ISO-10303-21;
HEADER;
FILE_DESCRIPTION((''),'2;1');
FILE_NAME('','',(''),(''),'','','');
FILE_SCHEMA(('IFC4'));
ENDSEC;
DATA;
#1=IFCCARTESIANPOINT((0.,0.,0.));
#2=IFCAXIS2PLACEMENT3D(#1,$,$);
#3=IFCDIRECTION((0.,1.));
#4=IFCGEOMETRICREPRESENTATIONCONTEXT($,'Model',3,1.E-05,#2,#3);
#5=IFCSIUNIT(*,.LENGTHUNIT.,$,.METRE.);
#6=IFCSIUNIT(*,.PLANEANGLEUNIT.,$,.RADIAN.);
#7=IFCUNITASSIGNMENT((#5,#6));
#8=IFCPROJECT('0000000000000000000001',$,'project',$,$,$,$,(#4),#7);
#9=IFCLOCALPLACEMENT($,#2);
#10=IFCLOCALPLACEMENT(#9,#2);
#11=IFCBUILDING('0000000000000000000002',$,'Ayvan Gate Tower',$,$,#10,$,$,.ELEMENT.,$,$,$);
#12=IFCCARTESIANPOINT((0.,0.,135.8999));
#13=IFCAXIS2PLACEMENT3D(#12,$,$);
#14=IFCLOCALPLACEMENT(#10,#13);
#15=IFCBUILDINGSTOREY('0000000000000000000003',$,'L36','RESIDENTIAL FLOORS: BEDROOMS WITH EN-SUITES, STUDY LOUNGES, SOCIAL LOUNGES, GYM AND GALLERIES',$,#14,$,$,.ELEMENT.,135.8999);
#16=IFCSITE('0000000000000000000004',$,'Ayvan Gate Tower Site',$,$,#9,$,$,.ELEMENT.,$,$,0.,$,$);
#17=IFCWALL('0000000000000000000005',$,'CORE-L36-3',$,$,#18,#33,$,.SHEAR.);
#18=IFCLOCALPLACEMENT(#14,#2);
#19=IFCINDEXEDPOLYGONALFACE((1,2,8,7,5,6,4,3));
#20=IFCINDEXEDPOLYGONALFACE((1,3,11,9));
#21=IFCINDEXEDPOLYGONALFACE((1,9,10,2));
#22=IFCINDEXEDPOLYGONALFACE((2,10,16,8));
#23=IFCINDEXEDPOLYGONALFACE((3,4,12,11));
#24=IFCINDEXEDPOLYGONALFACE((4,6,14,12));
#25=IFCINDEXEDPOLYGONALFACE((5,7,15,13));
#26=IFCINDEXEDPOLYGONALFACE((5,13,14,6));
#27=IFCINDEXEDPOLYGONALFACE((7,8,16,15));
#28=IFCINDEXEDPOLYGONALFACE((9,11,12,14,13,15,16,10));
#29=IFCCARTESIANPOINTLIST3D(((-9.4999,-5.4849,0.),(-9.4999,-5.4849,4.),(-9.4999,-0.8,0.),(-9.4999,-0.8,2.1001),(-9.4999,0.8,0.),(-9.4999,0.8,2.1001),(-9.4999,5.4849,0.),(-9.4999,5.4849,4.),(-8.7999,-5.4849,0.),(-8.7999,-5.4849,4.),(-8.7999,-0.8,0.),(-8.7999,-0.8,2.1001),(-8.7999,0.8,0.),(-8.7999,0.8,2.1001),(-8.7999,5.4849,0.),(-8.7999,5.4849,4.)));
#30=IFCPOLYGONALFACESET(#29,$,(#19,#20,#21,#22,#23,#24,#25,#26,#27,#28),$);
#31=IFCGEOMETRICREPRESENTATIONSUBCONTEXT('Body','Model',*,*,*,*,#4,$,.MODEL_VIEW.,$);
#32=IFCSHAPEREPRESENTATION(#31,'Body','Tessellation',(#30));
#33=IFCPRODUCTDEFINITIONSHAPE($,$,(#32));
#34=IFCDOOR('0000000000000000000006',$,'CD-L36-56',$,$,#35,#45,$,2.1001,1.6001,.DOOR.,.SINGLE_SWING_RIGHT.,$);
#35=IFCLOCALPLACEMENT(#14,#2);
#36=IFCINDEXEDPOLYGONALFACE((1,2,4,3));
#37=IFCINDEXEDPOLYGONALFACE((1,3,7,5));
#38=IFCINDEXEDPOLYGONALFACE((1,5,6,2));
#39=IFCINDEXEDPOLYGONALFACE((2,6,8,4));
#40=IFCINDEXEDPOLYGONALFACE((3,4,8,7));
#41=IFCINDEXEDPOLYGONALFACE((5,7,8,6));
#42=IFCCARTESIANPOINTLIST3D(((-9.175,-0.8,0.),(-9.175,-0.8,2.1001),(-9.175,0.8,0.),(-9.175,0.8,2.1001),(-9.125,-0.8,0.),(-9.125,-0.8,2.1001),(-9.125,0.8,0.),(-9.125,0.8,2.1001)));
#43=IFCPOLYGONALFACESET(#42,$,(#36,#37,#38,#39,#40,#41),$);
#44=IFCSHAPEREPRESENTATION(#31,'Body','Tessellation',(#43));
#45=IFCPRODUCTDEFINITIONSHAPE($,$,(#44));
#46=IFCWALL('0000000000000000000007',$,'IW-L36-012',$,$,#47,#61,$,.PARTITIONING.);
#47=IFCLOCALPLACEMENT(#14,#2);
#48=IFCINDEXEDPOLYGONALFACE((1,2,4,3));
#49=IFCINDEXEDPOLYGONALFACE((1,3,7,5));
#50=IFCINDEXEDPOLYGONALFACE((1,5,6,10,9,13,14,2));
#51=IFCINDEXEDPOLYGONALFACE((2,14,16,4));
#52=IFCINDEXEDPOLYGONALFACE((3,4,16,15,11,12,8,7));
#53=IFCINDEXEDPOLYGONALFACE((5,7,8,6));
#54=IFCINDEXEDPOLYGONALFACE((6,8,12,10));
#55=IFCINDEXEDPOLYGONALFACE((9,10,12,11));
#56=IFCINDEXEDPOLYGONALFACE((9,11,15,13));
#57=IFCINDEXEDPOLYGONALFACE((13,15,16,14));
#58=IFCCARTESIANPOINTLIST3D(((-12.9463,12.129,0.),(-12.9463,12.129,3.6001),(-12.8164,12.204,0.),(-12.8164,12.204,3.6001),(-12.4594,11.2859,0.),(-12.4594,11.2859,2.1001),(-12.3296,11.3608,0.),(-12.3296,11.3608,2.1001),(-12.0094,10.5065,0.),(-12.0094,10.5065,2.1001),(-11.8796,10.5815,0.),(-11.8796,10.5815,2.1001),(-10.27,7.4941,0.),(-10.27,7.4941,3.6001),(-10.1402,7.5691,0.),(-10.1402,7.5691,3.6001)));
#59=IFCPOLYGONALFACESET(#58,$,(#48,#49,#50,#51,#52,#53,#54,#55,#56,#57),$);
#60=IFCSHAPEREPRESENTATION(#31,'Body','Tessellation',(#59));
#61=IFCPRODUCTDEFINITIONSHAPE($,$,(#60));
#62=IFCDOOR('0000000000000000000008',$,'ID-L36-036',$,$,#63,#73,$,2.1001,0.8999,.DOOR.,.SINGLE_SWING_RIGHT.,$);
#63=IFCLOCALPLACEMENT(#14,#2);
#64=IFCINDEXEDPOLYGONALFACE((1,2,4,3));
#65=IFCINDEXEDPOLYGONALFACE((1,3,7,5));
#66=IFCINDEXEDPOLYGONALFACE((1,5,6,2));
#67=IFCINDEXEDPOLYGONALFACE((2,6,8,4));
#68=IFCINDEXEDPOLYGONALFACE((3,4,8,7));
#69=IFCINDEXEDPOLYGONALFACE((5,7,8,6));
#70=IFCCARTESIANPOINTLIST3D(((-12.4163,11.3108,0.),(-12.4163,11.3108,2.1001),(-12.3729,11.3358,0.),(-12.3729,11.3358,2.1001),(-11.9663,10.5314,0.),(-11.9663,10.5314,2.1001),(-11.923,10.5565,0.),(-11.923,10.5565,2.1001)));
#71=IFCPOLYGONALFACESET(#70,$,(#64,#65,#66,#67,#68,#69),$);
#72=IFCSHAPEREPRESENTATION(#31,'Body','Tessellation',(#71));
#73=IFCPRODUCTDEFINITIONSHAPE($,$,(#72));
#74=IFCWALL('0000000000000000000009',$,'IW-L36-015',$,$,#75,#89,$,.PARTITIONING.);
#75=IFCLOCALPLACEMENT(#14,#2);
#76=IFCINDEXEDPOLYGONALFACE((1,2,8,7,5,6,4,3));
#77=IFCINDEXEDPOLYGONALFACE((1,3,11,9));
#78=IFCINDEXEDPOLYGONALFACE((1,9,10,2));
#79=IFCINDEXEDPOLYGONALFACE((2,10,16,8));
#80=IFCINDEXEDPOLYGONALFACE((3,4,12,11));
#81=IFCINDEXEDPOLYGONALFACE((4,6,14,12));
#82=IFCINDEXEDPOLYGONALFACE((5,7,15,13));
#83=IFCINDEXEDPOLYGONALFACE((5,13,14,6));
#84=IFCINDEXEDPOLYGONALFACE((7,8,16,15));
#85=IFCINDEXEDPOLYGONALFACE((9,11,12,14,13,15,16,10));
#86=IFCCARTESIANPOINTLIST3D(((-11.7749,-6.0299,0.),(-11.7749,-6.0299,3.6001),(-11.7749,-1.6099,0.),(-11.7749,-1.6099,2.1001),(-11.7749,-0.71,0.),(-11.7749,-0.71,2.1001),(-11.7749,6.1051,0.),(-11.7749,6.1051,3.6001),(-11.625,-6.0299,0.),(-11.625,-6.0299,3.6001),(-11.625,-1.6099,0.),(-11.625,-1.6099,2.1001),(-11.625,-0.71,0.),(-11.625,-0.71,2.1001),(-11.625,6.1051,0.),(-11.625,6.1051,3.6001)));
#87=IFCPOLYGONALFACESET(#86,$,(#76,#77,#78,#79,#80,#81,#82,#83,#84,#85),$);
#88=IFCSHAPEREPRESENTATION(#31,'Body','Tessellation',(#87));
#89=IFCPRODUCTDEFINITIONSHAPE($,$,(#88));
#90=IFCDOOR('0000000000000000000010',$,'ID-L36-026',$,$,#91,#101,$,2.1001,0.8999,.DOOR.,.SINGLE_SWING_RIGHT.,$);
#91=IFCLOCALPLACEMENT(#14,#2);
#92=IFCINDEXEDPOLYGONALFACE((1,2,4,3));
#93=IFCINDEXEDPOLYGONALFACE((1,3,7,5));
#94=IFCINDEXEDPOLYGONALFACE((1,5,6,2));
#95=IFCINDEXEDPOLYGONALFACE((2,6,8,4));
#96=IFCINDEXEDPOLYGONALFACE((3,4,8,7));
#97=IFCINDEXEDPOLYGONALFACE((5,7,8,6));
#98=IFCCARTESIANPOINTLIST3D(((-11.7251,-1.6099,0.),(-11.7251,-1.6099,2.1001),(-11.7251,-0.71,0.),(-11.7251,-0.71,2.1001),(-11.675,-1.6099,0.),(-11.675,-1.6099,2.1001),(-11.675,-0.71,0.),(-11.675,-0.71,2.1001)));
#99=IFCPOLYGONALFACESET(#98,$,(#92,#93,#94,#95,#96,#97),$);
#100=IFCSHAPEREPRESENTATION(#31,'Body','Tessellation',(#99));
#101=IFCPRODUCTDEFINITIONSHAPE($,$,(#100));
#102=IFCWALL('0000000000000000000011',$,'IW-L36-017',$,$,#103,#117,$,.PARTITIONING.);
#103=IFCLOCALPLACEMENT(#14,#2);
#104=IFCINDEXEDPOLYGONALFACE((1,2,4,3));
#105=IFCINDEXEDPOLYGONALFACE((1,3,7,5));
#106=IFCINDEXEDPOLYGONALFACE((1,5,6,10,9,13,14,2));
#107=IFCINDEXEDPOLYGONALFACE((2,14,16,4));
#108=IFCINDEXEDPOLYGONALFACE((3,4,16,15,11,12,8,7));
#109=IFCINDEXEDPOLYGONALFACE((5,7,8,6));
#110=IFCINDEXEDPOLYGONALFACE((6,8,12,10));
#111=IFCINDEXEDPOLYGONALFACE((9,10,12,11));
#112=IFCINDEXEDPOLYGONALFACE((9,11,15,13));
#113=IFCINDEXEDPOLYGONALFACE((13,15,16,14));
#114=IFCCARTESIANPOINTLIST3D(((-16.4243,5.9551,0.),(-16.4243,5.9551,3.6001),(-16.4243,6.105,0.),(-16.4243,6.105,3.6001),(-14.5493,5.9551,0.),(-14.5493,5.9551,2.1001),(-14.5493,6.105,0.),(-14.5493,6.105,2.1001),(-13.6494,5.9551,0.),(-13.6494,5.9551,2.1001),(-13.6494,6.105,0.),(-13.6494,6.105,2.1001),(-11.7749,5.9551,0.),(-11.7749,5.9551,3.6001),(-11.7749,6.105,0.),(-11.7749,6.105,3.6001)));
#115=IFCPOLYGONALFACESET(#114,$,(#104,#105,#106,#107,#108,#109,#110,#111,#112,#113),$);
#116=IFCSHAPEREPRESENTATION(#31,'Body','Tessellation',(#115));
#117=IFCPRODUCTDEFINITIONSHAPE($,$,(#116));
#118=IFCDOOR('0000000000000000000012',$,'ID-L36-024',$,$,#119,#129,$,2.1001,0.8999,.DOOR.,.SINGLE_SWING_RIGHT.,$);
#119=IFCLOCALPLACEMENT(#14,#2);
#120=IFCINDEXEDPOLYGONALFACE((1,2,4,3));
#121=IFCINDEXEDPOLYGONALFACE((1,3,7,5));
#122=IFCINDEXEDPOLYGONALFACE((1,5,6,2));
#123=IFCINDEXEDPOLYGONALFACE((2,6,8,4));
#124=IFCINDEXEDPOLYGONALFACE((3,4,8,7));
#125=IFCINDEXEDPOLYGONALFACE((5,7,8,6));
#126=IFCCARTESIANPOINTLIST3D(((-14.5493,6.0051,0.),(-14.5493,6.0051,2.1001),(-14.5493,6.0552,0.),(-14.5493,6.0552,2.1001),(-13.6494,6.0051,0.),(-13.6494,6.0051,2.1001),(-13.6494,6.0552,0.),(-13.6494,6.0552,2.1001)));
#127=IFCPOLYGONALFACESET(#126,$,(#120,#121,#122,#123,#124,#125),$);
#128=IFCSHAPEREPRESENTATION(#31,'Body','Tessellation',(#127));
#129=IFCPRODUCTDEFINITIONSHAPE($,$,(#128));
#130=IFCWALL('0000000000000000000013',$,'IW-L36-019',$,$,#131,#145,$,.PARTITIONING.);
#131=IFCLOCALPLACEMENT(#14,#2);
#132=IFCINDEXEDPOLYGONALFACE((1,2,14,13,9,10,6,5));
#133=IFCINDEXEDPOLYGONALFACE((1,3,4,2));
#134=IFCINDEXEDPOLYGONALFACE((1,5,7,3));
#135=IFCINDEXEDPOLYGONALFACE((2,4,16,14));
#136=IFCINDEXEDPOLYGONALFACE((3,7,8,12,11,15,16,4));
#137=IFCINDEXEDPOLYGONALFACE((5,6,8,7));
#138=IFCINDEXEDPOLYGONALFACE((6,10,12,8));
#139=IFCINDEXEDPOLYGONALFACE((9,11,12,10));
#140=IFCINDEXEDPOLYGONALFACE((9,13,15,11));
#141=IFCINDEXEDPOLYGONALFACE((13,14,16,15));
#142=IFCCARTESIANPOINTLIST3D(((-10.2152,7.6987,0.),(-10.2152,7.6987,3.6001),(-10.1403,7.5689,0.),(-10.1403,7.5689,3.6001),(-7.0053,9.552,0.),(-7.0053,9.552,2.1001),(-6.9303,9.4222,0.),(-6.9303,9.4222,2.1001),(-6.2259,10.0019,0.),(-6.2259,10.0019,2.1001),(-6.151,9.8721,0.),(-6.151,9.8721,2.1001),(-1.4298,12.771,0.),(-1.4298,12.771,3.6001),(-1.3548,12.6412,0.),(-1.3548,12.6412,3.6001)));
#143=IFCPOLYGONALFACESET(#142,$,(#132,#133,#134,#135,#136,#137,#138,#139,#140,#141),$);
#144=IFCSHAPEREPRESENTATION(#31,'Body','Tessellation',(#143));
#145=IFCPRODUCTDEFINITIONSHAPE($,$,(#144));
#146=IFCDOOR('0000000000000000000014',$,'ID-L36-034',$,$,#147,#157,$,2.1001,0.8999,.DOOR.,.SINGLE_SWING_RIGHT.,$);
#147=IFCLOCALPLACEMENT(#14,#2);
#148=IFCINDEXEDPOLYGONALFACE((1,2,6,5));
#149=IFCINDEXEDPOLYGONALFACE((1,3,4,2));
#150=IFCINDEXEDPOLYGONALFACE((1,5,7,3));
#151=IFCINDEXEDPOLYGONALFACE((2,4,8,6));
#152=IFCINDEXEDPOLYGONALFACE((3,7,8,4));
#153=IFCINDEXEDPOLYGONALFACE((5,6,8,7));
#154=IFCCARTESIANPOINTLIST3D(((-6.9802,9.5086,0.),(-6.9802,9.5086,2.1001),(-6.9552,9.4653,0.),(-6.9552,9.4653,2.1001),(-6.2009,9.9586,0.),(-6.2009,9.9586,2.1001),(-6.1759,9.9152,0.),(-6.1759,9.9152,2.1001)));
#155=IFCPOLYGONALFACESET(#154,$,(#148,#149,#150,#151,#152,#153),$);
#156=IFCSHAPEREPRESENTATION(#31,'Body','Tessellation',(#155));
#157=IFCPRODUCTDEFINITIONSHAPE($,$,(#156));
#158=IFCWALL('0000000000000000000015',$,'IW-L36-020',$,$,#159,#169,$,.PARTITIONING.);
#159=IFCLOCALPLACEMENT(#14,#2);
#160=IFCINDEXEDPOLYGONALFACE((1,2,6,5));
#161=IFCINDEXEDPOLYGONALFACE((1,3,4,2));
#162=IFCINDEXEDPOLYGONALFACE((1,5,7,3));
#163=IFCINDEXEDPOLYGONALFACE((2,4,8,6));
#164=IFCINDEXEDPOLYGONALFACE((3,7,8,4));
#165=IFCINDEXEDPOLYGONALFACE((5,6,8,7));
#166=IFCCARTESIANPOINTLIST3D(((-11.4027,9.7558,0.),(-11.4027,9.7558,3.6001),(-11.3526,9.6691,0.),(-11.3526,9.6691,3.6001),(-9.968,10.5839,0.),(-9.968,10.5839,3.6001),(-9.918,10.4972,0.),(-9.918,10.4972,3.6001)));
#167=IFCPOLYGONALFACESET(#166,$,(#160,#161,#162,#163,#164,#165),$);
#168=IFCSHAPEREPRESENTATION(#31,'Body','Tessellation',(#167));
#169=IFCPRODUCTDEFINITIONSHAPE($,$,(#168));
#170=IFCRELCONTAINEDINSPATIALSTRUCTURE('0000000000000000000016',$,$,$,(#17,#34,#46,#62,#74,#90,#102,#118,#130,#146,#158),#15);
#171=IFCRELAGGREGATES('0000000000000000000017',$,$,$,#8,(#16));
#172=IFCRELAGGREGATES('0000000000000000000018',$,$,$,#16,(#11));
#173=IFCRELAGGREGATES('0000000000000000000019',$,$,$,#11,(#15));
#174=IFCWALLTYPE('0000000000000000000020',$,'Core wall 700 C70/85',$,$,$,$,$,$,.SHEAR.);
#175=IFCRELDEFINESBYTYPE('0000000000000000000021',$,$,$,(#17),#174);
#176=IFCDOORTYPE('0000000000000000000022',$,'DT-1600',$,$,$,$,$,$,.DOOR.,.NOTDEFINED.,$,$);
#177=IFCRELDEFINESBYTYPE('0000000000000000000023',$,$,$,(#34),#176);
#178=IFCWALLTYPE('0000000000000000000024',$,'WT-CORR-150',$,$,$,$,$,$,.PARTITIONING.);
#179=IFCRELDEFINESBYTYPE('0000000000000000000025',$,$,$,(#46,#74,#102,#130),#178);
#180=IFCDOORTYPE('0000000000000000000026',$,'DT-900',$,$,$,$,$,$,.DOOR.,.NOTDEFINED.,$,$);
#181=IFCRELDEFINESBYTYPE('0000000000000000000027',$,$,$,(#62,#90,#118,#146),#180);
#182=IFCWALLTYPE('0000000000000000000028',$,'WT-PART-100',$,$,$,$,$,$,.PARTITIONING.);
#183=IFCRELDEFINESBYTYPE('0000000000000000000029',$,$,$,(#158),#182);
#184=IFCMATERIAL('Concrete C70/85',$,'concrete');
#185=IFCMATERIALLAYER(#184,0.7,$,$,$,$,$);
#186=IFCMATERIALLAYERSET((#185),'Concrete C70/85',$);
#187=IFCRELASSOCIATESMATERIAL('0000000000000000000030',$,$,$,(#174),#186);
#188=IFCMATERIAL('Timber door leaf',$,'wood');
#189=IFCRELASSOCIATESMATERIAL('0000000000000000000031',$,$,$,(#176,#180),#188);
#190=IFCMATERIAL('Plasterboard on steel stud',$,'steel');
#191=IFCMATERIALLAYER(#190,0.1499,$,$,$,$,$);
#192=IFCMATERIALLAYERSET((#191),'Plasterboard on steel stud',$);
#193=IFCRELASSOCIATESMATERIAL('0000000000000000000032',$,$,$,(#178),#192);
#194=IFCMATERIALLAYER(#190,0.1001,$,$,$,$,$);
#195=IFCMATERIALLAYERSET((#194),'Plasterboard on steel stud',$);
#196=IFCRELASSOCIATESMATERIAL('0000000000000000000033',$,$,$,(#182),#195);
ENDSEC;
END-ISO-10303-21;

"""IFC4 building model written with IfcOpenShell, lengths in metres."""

from ifc_helpers import new_model, si_unit, direction, frame, frame_2d, origin, place, context, subcontext, project, spatial, rectangle, extrude, material, layer, layer_set, type_object, element, fill, save


model = new_model("IFC4")

# Units and contexts
model_context = context("Model", 3, precision=1e-05, world=origin(), true_north=direction((0.0, 1.0)))
body_context = subcontext(model_context, "Body", "Model", "MODEL_VIEW")
ifc_project = project(units=[si_unit("LENGTHUNIT", "METRE"), si_unit("PLANEANGLEUNIT", "RADIAN")], contexts=[model_context])

# Site, building, storey
site_placement = place(None, origin())
site = spatial("IfcSite", under=ifc_project, at=site_placement, Name="Ayvan Gate Tower Site", CompositionType="ELEMENT", RefElevation=0.0)
building_placement = place(site_placement, origin())
building = spatial("IfcBuilding", under=site, at=building_placement, Name="Ayvan Gate Tower", CompositionType="ELEMENT")
storey_placement = place(building_placement, frame((0.0, 0.0, 135.8999)))
storey = spatial("IfcBuildingStorey", under=building, at=storey_placement, Name="L36", Description="RESIDENTIAL FLOORS: BEDROOMS WITH EN-SUITES, STUDY LOUNGES, SOCIAL LOUNGES, GYM AND GALLERIES", CompositionType="ELEMENT", Elevation=135.8999)

# Walls, openings, doors
ifc_material_1 = material(Name="Concrete C70/85", Category="concrete")
ifc_layer_1 = layer(ifc_material_1, 0.7)
ifc_layer_set_1 = layer_set([ifc_layer_1], Name="Concrete C70/85")
wall_type_1 = type_object("IfcWallType", Name="Core wall 700 C70/85", PredefinedType="SHEAR", material=ifc_layer_set_1)
wall_1_placement = place(storey_placement, frame((-9.1499, 5.4849, 0.0), z_axis=(0.0, 0.0, 1.0), x_axis=(0.0, -1.0, 0.0)))
wall_1 = element("IfcWall", 1, at=wall_1_placement, inside=storey, type_object=wall_type_1, Name="CORE-L36-3", PredefinedType="SHEAR", context=body_context, shape_type="SweptSolid", body=[
    extrude(rectangle(XDim=10.9697, YDim=0.7, at=frame_2d((5.4849, 0.0))), origin(), (0.0, 0.0, 1.0), 4.0),
])
opening_1_placement = place(wall_1_placement, frame((4.6848, 0.0, 0.0)))
opening_1 = element("IfcOpeningElement", 2, at=opening_1_placement, cuts=wall_1, PredefinedType="OPENING", context=body_context, shape_type="SweptSolid", body=[
    extrude(rectangle(XDim=1.6001, YDim=2.1001, at=frame_2d((0.8, 1.05))), frame((0.0, 0.3599, 0.0), z_axis=(0.0, -1.0, 0.0), x_axis=(1.0, 0.0, 0.0)), (0.0, 0.0, 1.0), 0.72),
])
ifc_material_2 = material(Name="Timber door leaf", Category="wood")
door_type_1 = type_object("IfcDoorType", Name="DT-1600", OperationType="NOTDEFINED", PredefinedType="DOOR", material=ifc_material_2)
door_1_placement = place(opening_1_placement, origin())
door_1 = element("IfcDoor", 3, at=door_1_placement, inside=storey, type_object=door_type_1, Name="CD-L36-56", OperationType="SINGLE_SWING_RIGHT", OverallHeight=2.1001, OverallWidth=1.6001, PredefinedType="DOOR", context=body_context, shape_type="SweptSolid", body=[
    extrude(rectangle(XDim=1.6001, YDim=2.1001, at=frame_2d((0.8, 1.05))), frame((0.0, 0.0249, 0.0), z_axis=(0.0, -1.0, 0.0), x_axis=(1.0, 0.0, 0.0)), (0.0, 0.0, 1.0), 0.05),
])
fill(opening_1, door_1)
ifc_material_3 = material(Name="Plasterboard on steel stud", Category="steel")
ifc_layer_2 = layer(ifc_material_3, 0.1499)
ifc_layer_set_2 = layer_set([ifc_layer_2], Name="Plasterboard on steel stud")
wall_type_2 = type_object("IfcWallType", Name="WT-CORR-150", PredefinedType="PARTITIONING", material=ifc_layer_set_2)
wall_2_placement = place(storey_placement, frame((-12.8813, 12.1665, 0.0), z_axis=(0.0, 0.0, 1.0), x_axis=(0.500034, -0.866006, 0.0)))
wall_2 = element("IfcWall", 4, at=wall_2_placement, inside=storey, type_object=wall_type_2, Name="IW-L36-012", PredefinedType="PARTITIONING", context=body_context, shape_type="SweptSolid", body=[
    extrude(rectangle(XDim=5.3521, YDim=0.1499, at=frame_2d((2.676, 0.0))), origin(), (0.0, 0.0, 1.0), 3.6001),
])
opening_2_placement = place(wall_2_placement, frame((0.9736, 0.0, 0.0)))
opening_2 = element("IfcOpeningElement", 5, at=opening_2_placement, cuts=wall_2, PredefinedType="OPENING", context=body_context, shape_type="SweptSolid", body=[
    extrude(rectangle(XDim=0.8999, YDim=2.1001, at=frame_2d((0.45, 1.05))), frame((0.0, 0.085, 0.0), z_axis=(0.0, -1.0, 0.0), x_axis=(1.0, 0.0, 0.0)), (0.0, 0.0, 1.0), 0.1699),
])
door_type_2 = type_object("IfcDoorType", Name="DT-900", OperationType="NOTDEFINED", PredefinedType="DOOR", material=ifc_material_2)
door_2_placement = place(opening_2_placement, origin())
door_2 = element("IfcDoor", 6, at=door_2_placement, inside=storey, type_object=door_type_2, Name="ID-L36-036", OperationType="SINGLE_SWING_RIGHT", OverallHeight=2.1001, OverallWidth=0.8999, PredefinedType="DOOR", context=body_context, shape_type="SweptSolid", body=[
    extrude(rectangle(XDim=0.8999, YDim=2.1001, at=frame_2d((0.45, 1.05))), frame((0.0, 0.0249, 0.0), z_axis=(0.0, -1.0, 0.0), x_axis=(1.0, 0.0, 0.0)), (0.0, 0.0, 1.0), 0.05),
])
fill(opening_2, door_2)
wall_3_placement = place(storey_placement, frame((-11.7, 6.105, 0.0), z_axis=(0.0, 0.0, 1.0), x_axis=(0.0, -1.0, 0.0)))
wall_3 = element("IfcWall", 7, at=wall_3_placement, inside=storey, type_object=wall_type_2, Name="IW-L36-015", PredefinedType="PARTITIONING", context=body_context, shape_type="SweptSolid", body=[
    extrude(rectangle(XDim=12.135, YDim=0.1499, at=frame_2d((6.0674, 0.0))), origin(), (0.0, 0.0, 1.0), 3.6001),
])
opening_3_placement = place(wall_3_placement, frame((6.8149, 0.0, 0.0)))
opening_3 = element("IfcOpeningElement", 8, at=opening_3_placement, cuts=wall_3, PredefinedType="OPENING", context=body_context, shape_type="SweptSolid", body=[
    extrude(rectangle(XDim=0.8999, YDim=2.1001, at=frame_2d((0.45, 1.05))), frame((0.0, 0.085, 0.0), z_axis=(0.0, -1.0, 0.0), x_axis=(1.0, 0.0, 0.0)), (0.0, 0.0, 1.0), 0.1699),
])
door_3_placement = place(opening_3_placement, origin())
door_3 = element("IfcDoor", 9, at=door_3_placement, inside=storey, type_object=door_type_2, Name="ID-L36-026", OperationType="SINGLE_SWING_RIGHT", OverallHeight=2.1001, OverallWidth=0.8999, PredefinedType="DOOR", context=body_context, shape_type="SweptSolid", body=[
    extrude(rectangle(XDim=0.8999, YDim=2.1001, at=frame_2d((0.45, 1.05))), frame((0.0, 0.0249, 0.0), z_axis=(0.0, -1.0, 0.0), x_axis=(1.0, 0.0, 0.0)), (0.0, 0.0, 1.0), 0.05),
])
fill(opening_3, door_3)
wall_4_placement = place(storey_placement, frame((-11.7749, 6.03, 0.0), z_axis=(0.0, 0.0, 1.0), x_axis=(-1.0, 0.0, 0.0)))
wall_4 = element("IfcWall", 10, at=wall_4_placement, inside=storey, type_object=wall_type_2, Name="IW-L36-017", PredefinedType="PARTITIONING", context=body_context, shape_type="SweptSolid", body=[
    extrude(rectangle(XDim=4.6494, YDim=0.1499, at=frame_2d((2.3247, 0.0))), origin(), (0.0, 0.0, 1.0), 3.6001),
])
opening_4_placement = place(wall_4_placement, frame((1.8745, 0.0, 0.0)))
opening_4 = element("IfcOpeningElement", 11, at=opening_4_placement, cuts=wall_4, PredefinedType="OPENING", context=body_context, shape_type="SweptSolid", body=[
    extrude(rectangle(XDim=0.8999, YDim=2.1001, at=frame_2d((0.45, 1.05))), frame((0.0, 0.085, 0.0), z_axis=(0.0, -1.0, 0.0), x_axis=(1.0, 0.0, 0.0)), (0.0, 0.0, 1.0), 0.1699),
])
door_4_placement = place(opening_4_placement, origin())
door_4 = element("IfcDoor", 12, at=door_4_placement, inside=storey, type_object=door_type_2, Name="ID-L36-024", OperationType="SINGLE_SWING_RIGHT", OverallHeight=2.1001, OverallWidth=0.8999, PredefinedType="DOOR", context=body_context, shape_type="SweptSolid", body=[
    extrude(rectangle(XDim=0.8999, YDim=2.1001, at=frame_2d((0.45, 1.05))), frame((0.0, 0.0249, 0.0), z_axis=(0.0, -1.0, 0.0), x_axis=(1.0, 0.0, 0.0)), (0.0, 0.0, 1.0), 0.05),
])
fill(opening_4, door_4)
wall_5_placement = place(storey_placement, frame((-10.1777, 7.6338, 0.0), z_axis=(0.0, 0.0, 1.0), x_axis=(0.866025, 0.500001, 0.0)))
wall_5 = element("IfcWall", 13, at=wall_5_placement, inside=storey, type_object=wall_type_2, Name="IW-L36-019", PredefinedType="PARTITIONING", context=body_context, shape_type="SweptSolid", body=[
    extrude(rectangle(XDim=10.1445, YDim=0.1499, at=frame_2d((5.0723, 0.0))), origin(), (0.0, 0.0, 1.0), 3.6001),
])
opening_5_placement = place(wall_5_placement, frame((3.7065, 0.0, 0.0)))
opening_5 = element("IfcOpeningElement", 14, at=opening_5_placement, cuts=wall_5, PredefinedType="OPENING", context=body_context, shape_type="SweptSolid", body=[
    extrude(rectangle(XDim=0.8999, YDim=2.1001, at=frame_2d((0.45, 1.05))), frame((0.0, 0.085, 0.0), z_axis=(0.0, -1.0, 0.0), x_axis=(1.0, 0.0, 0.0)), (0.0, 0.0, 1.0), 0.1699),
])
door_5_placement = place(opening_5_placement, origin())
door_5 = element("IfcDoor", 15, at=door_5_placement, inside=storey, type_object=door_type_2, Name="ID-L36-034", OperationType="SINGLE_SWING_RIGHT", OverallHeight=2.1001, OverallWidth=0.8999, PredefinedType="DOOR", context=body_context, shape_type="SweptSolid", body=[
    extrude(rectangle(XDim=0.8999, YDim=2.1001, at=frame_2d((0.45, 1.05))), frame((0.0, 0.0249, 0.0), z_axis=(0.0, -1.0, 0.0), x_axis=(1.0, 0.0, 0.0)), (0.0, 0.0, 1.0), 0.05),
])
fill(opening_5, door_5)

# Wall
ifc_layer_3 = layer(ifc_material_3, 0.1001)
ifc_layer_set_3 = layer_set([ifc_layer_3], Name="Plasterboard on steel stud")
wall_type_3 = type_object("IfcWallType", Name="WT-PART-100", PredefinedType="PARTITIONING", material=ifc_layer_set_3)
wall_6_placement = place(storey_placement, frame((-9.9431, 10.5405, 0.0), z_axis=(0.0, 0.0, 1.0), x_axis=(-0.866058, -0.499944, 0.0)))
element("IfcWall", 16, at=wall_6_placement, inside=storey, type_object=wall_type_3, Name="IW-L36-020", PredefinedType="PARTITIONING", context=body_context, shape_type="SweptSolid", body=[
    extrude(rectangle(XDim=1.6565, YDim=0.1001, at=frame_2d((0.8281, 0.0))), origin(), (0.0, 0.0, 1.0), 3.6001),
])

save(model, "model.ifc")
